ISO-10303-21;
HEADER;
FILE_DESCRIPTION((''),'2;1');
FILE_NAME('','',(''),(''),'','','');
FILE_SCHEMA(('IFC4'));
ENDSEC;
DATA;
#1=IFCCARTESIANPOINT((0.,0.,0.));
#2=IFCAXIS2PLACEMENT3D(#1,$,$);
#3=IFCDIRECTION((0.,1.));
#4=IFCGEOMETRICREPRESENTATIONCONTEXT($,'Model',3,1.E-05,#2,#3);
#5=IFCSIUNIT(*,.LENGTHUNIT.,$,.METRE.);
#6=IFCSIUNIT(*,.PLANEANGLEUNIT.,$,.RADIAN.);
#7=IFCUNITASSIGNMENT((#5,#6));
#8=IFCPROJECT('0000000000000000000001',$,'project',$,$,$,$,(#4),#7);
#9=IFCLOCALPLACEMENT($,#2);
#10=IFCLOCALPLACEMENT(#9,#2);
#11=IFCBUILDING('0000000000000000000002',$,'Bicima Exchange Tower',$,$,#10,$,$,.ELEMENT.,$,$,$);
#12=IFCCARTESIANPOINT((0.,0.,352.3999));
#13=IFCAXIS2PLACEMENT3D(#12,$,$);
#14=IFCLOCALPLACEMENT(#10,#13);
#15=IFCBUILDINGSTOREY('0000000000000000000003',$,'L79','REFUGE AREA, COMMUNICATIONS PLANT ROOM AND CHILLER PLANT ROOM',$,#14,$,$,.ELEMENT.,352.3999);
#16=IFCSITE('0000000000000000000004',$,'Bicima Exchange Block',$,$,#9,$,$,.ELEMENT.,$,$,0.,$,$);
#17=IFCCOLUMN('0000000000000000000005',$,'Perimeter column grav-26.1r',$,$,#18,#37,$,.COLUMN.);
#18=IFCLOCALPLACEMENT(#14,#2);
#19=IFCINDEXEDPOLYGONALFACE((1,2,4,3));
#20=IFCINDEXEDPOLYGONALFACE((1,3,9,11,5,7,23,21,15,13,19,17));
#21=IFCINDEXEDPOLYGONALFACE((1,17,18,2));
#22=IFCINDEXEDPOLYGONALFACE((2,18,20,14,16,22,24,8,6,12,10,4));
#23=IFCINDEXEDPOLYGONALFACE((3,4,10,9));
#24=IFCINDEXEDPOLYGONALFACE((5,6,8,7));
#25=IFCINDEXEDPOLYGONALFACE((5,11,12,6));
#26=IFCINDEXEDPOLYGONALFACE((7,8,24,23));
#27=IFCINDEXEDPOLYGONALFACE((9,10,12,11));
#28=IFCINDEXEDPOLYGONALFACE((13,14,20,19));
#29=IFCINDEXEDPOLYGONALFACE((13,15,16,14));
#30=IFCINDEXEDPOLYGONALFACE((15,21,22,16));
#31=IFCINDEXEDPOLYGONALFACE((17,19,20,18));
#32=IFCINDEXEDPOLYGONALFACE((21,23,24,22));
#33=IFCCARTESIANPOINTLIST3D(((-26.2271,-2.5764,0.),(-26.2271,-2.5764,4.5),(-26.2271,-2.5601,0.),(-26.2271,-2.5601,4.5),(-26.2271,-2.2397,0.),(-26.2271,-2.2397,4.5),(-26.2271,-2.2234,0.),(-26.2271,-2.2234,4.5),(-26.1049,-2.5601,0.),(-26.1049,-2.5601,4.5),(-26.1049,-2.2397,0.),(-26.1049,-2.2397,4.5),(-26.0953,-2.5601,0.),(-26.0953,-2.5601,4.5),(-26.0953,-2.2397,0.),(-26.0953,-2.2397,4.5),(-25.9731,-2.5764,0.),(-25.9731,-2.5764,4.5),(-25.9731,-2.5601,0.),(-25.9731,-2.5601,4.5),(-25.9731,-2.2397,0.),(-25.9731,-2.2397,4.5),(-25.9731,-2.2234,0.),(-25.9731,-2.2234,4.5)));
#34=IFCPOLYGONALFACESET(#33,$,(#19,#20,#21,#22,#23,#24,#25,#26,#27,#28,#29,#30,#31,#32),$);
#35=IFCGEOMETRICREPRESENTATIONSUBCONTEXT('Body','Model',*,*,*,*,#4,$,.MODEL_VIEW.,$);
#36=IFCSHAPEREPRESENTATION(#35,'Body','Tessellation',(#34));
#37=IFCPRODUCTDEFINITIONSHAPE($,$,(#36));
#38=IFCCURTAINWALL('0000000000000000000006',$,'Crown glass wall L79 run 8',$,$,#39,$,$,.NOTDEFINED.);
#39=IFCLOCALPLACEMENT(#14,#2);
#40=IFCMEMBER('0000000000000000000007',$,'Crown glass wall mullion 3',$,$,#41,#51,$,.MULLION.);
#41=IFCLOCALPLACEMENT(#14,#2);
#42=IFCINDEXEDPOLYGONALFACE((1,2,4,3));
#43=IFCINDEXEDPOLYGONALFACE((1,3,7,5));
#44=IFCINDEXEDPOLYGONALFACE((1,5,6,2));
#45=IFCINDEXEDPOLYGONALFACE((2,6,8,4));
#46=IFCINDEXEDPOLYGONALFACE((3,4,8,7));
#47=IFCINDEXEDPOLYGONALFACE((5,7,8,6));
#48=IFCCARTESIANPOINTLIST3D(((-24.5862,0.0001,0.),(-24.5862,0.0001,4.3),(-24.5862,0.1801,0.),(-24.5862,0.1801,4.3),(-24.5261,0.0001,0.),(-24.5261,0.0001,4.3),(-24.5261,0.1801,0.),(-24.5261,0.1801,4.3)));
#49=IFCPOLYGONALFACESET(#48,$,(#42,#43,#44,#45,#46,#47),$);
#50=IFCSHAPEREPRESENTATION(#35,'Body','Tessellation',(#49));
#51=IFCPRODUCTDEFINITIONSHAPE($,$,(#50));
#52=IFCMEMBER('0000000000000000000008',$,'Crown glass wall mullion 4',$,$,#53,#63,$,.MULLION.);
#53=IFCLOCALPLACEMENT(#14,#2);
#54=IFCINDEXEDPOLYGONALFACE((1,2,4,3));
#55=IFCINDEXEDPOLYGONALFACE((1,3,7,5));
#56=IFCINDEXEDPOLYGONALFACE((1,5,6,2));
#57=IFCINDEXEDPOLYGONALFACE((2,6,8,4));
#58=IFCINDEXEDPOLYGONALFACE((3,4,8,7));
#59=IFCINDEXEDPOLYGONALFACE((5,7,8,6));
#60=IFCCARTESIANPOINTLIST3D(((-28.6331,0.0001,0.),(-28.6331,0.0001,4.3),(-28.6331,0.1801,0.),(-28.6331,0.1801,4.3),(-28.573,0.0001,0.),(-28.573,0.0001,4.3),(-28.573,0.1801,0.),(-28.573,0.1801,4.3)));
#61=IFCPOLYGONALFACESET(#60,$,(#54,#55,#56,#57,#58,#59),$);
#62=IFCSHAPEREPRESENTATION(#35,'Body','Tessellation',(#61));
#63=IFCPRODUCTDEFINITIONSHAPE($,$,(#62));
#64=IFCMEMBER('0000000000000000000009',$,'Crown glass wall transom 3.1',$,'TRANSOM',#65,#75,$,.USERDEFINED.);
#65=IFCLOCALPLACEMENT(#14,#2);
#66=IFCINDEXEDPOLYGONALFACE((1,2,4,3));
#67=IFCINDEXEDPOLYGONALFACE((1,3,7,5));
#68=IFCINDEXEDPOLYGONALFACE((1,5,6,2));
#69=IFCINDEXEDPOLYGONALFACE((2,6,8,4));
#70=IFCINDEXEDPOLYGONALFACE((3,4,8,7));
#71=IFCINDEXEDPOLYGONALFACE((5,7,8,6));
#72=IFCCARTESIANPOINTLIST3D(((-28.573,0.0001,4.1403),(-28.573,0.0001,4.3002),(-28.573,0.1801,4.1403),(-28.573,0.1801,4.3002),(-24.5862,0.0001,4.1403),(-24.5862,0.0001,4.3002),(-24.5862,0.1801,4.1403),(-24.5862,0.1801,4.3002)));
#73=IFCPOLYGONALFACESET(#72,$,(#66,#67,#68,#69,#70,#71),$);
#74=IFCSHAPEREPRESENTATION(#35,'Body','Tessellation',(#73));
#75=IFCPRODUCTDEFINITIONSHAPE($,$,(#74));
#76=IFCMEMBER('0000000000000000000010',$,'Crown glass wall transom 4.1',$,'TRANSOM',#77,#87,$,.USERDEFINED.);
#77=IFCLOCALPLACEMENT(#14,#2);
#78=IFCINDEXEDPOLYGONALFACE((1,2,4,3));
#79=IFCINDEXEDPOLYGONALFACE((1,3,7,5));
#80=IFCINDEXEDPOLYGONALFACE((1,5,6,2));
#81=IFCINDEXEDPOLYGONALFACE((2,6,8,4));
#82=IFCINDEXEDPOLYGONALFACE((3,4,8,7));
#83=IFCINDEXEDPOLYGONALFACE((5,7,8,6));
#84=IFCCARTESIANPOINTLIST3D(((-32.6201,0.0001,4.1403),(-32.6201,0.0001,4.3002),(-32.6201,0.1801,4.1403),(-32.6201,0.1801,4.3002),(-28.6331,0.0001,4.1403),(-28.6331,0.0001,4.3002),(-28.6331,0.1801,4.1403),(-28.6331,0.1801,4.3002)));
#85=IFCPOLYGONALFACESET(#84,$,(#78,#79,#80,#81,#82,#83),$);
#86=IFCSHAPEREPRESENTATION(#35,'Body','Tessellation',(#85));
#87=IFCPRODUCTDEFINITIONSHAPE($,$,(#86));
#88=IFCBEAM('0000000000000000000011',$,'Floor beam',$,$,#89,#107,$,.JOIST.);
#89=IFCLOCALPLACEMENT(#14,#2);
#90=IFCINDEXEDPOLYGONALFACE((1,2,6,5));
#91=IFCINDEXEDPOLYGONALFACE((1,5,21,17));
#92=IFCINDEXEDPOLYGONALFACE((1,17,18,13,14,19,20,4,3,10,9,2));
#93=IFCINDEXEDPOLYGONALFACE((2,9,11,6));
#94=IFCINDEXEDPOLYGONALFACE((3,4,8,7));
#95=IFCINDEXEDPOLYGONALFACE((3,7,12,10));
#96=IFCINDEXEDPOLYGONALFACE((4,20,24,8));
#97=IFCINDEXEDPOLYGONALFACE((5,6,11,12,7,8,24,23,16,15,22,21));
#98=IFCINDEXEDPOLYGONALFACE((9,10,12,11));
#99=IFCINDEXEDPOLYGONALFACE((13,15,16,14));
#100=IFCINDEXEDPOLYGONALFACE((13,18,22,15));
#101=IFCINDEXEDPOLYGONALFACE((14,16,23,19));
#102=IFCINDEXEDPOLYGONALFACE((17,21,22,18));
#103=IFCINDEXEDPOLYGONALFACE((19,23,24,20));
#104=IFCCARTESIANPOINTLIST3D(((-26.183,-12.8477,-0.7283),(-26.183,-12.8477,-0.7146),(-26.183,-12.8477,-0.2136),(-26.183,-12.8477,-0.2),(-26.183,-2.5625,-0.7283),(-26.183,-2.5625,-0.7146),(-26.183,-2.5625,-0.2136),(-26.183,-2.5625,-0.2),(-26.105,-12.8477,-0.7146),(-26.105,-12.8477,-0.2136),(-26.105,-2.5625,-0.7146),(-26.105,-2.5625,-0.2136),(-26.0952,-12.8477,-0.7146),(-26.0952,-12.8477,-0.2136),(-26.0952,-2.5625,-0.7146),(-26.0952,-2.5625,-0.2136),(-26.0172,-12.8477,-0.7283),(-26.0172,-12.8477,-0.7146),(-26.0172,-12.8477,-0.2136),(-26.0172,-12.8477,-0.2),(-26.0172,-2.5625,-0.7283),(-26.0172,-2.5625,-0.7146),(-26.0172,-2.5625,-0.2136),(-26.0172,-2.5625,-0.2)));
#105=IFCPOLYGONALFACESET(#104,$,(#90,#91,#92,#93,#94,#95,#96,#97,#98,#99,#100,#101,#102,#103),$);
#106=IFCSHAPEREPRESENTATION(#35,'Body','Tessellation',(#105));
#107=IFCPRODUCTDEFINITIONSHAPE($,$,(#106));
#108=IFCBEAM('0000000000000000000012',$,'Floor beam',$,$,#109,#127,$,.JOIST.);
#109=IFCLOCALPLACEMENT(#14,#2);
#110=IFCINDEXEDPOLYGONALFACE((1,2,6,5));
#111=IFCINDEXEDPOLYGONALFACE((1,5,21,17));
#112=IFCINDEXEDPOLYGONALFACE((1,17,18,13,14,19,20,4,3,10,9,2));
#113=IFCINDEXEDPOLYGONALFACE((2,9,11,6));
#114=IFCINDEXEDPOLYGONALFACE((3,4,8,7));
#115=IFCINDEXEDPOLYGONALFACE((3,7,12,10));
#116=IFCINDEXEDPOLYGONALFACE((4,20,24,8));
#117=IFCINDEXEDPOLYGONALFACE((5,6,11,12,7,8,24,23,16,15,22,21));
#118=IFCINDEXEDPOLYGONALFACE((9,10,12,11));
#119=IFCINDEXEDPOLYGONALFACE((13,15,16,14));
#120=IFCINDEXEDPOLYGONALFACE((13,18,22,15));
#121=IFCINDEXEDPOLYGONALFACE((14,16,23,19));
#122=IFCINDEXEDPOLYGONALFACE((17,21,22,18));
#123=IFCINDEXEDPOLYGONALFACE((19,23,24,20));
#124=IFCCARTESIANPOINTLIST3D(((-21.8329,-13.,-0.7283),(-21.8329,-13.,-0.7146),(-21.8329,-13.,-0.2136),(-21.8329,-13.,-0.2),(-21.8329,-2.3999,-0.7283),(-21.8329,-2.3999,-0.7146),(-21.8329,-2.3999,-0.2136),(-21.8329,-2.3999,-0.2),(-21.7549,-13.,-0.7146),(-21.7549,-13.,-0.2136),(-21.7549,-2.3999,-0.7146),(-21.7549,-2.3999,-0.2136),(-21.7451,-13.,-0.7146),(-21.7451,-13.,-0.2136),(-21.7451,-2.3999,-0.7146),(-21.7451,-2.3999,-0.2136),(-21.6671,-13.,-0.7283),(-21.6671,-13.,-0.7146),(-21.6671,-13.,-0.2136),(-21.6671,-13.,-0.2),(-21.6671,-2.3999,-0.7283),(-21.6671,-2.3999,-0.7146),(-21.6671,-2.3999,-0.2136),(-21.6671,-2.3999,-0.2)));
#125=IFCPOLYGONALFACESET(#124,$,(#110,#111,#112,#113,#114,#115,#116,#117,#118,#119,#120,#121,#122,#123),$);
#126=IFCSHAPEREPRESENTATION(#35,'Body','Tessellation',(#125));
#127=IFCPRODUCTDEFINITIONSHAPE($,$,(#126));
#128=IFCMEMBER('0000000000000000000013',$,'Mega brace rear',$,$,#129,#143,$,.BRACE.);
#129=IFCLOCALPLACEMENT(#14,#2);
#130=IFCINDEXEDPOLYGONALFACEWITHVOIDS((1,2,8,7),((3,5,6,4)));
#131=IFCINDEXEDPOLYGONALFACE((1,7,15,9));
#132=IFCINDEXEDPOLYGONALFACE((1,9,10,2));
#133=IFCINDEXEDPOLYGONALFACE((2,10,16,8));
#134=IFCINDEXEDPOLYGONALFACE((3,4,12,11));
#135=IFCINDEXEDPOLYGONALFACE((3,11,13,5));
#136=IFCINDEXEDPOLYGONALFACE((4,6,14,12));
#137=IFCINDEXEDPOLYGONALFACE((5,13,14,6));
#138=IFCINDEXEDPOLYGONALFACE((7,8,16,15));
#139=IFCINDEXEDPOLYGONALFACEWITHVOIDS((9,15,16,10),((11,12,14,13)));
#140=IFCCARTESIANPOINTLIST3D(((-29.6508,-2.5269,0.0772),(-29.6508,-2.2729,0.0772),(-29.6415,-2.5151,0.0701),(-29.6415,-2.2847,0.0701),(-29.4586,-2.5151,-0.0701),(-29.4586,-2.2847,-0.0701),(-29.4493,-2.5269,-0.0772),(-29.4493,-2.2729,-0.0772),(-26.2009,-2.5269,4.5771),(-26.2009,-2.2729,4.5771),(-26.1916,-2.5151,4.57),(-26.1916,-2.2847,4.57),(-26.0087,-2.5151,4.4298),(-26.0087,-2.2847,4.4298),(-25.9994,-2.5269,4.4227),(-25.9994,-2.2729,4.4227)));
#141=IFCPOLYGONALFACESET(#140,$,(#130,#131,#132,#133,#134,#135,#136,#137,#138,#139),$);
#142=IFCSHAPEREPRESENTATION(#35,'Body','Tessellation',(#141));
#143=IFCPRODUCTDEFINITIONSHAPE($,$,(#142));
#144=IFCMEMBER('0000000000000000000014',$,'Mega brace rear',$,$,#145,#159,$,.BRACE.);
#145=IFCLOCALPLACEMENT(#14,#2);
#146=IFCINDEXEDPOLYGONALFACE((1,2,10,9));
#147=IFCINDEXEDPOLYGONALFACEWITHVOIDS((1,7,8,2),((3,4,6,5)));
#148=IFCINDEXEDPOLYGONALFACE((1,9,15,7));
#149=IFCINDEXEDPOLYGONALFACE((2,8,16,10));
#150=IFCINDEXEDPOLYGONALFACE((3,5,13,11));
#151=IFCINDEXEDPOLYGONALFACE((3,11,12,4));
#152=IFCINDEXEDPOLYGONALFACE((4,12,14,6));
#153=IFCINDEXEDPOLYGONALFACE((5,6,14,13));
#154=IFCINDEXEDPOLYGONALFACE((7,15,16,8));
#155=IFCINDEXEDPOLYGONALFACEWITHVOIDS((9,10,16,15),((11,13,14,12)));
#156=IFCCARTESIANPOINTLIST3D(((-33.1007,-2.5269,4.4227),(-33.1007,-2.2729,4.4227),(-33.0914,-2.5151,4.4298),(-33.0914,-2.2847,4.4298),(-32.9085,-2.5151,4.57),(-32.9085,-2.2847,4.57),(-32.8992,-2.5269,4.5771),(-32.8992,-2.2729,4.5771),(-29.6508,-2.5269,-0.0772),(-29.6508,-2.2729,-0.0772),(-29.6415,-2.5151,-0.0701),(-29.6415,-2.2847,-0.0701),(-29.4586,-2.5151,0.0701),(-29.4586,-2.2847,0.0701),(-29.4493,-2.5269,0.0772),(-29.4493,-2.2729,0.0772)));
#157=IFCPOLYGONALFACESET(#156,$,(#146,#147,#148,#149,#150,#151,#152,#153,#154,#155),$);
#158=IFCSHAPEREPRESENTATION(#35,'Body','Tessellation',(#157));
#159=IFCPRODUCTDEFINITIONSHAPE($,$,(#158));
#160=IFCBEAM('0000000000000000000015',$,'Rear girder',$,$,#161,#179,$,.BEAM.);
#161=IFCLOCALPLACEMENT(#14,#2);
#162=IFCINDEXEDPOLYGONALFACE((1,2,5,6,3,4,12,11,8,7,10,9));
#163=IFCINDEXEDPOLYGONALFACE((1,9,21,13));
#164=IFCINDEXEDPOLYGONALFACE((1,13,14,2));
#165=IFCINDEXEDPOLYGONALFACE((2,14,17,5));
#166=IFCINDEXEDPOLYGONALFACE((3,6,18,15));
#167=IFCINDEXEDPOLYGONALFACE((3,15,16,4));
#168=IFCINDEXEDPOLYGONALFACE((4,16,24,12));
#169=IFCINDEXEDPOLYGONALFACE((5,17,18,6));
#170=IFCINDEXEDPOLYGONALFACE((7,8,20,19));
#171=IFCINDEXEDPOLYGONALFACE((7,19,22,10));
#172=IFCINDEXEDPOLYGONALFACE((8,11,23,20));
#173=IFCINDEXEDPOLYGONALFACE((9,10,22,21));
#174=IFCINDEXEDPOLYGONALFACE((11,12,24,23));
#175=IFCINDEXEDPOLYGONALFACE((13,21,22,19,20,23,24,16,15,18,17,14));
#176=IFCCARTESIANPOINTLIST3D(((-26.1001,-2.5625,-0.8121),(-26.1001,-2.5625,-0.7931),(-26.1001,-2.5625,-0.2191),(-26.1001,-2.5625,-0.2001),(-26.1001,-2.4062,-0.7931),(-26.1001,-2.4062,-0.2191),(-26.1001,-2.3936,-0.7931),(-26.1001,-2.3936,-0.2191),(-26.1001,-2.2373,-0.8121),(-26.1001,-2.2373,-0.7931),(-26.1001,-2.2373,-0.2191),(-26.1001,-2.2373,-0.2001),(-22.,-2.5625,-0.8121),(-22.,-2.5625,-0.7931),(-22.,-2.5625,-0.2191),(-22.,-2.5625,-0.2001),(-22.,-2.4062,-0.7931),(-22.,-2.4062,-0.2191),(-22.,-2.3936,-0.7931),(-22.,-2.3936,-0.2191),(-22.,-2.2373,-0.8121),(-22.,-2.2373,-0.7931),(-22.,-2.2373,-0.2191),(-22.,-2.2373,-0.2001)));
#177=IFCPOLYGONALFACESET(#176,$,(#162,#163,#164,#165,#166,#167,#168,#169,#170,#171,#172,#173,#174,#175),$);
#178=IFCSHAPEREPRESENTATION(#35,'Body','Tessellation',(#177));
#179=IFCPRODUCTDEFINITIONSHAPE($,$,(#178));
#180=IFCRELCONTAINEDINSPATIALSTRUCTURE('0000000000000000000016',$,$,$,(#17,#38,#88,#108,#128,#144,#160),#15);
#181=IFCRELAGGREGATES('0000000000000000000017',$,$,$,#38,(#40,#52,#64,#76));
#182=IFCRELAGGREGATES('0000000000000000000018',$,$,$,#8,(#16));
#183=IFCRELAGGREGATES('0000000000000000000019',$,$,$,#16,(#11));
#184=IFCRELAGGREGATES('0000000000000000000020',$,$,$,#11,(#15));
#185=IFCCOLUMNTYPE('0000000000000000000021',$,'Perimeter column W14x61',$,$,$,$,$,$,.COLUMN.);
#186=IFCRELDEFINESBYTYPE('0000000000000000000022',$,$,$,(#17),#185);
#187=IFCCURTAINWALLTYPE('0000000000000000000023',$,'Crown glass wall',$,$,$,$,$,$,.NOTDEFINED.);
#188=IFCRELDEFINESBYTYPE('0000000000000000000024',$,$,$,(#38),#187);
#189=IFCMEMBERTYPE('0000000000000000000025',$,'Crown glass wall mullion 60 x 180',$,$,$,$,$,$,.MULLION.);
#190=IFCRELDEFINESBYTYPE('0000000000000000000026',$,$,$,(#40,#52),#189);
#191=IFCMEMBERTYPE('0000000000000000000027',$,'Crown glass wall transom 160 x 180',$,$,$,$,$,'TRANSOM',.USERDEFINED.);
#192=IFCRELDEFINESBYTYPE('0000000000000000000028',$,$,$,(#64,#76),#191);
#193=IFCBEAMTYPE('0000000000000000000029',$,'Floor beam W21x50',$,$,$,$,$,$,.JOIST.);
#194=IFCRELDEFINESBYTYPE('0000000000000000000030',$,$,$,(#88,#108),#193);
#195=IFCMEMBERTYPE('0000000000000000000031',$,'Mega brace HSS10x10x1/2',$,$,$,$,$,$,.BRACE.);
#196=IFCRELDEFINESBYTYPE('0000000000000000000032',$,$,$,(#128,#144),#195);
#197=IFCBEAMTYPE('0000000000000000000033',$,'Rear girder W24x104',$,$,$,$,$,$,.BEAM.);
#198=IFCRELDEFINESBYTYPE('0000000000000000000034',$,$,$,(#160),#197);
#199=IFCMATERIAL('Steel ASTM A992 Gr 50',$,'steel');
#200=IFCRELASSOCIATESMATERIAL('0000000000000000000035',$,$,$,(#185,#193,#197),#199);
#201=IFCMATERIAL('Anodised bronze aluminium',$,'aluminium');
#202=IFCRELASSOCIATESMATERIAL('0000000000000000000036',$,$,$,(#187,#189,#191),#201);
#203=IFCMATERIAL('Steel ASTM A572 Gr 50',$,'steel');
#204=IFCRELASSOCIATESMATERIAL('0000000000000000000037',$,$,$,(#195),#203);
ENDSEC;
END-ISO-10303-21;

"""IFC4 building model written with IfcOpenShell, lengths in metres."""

from ifc_helpers import new_model, si_unit, direction, frame, origin, origin_2d, place, context, subcontext, project, spatial, rectangle, hollow_rectangle, i_section, extrude, material, material_profile, profile_set, type_object, element, aggregate, save


model = new_model("IFC4")

# Units and contexts
model_context = context("Model", 3, precision=1e-05, world=origin(), true_north=direction((0.0, 1.0)))
body_context = subcontext(model_context, "Body", "Model", "MODEL_VIEW")
ifc_project = project(units=[si_unit("LENGTHUNIT", "METRE"), si_unit("PLANEANGLEUNIT", "RADIAN")], contexts=[model_context])

# Site, building, storey
site_placement = place(None, origin())
site = spatial("IfcSite", under=ifc_project, at=site_placement, Name="Bicima Exchange Block", CompositionType="ELEMENT", RefElevation=0.0)
building_placement = place(site_placement, origin())
building = spatial("IfcBuilding", under=site, at=building_placement, Name="Bicima Exchange Tower", CompositionType="ELEMENT")
storey_placement = place(building_placement, frame((0.0, 0.0, 352.3999)))
storey = spatial("IfcBuildingStorey", under=building, at=storey_placement, Name="L79", Description="REFUGE AREA, COMMUNICATIONS PLANT ROOM AND CHILLER PLANT ROOM", CompositionType="ELEMENT", Elevation=352.3999)

# Column
ifc_material_1 = material(Name="Steel ASTM A992 Gr 50", Category="steel")
ifc_material_profile_1 = material_profile(ifc_material_1, i_section(OverallWidth=0.2539, OverallDepth=0.353, WebThickness=0.0095, FlangeThickness=0.0164, at=origin_2d()))
ifc_profile_set_1 = profile_set([ifc_material_profile_1], Name="Steel ASTM A992 Gr 50")
column_type = type_object("IfcColumnType", Name="Perimeter column W14x61", PredefinedType="COLUMN", material=ifc_profile_set_1)
column_placement = place(storey_placement, frame((-26.1001, -2.3999, 0.0), z_axis=(0.0, 0.0, 1.0), x_axis=(1.0, 0.0, 0.0)))
element("IfcColumn", 1, at=column_placement, inside=storey, type_object=column_type, Name="Perimeter column grav-26.1r", PredefinedType="COLUMN", context=body_context, shape_type="SweptSolid", body=[
    extrude(i_section(OverallWidth=0.2539, OverallDepth=0.353, WebThickness=0.0095, FlangeThickness=0.0164, at=origin_2d()), origin(), (0.0, 0.0, 1.0), 4.5),
])

# Curtain wall, members
ifc_material_2 = material(Name="Anodised bronze aluminium", Category="aluminium")
curtain_wall_type = type_object("IfcCurtainWallType", Name="Crown glass wall", PredefinedType="NOTDEFINED", material=ifc_material_2)
curtain_wall_placement = place(storey_placement, origin())
curtain_wall = element("IfcCurtainWall", 2, at=curtain_wall_placement, inside=storey, type_object=curtain_wall_type, Name="Crown glass wall L79 run 8", PredefinedType="NOTDEFINED")
ifc_material_profile_2 = material_profile(ifc_material_2, rectangle(XDim=0.1799, YDim=0.0601, at=origin_2d()))
ifc_profile_set_2 = profile_set([ifc_material_profile_2], Name="Anodised bronze aluminium")
member_type_1 = type_object("IfcMemberType", Name="Crown glass wall mullion 60 x 180", PredefinedType="MULLION", material=ifc_profile_set_2)
member_1_placement = place(storey_placement, frame((-24.5562, 0.0901, 0.0), z_axis=(0.0, 0.0, 1.0), x_axis=(0.0, -1.0, 0.0)))
member_1 = element("IfcMember", 3, at=member_1_placement, type_object=member_type_1, Name="Crown glass wall mullion 3", PredefinedType="MULLION", context=body_context, shape_type="SweptSolid", body=[
    extrude(rectangle(XDim=0.1799, YDim=0.0601, at=origin_2d()), origin(), (0.0, 0.0, 1.0), 4.3),
])
member_2_placement = place(storey_placement, frame((-28.603, 0.0901, 0.0), z_axis=(0.0, 0.0, 1.0), x_axis=(0.0, -1.0, 0.0)))
member_2 = element("IfcMember", 4, at=member_2_placement, type_object=member_type_1, Name="Crown glass wall mullion 4", PredefinedType="MULLION", context=body_context, shape_type="SweptSolid", body=[
    extrude(rectangle(XDim=0.1799, YDim=0.0601, at=origin_2d()), origin(), (0.0, 0.0, 1.0), 4.3),
])
ifc_material_profile_3 = material_profile(ifc_material_2, rectangle(XDim=0.1799, YDim=0.1599, at=origin_2d()))
ifc_profile_set_3 = profile_set([ifc_material_profile_3], Name="Anodised bronze aluminium")
member_type_2 = type_object("IfcMemberType", Name="Crown glass wall transom 160 x 180", ElementType="TRANSOM", PredefinedType="USERDEFINED", material=ifc_profile_set_3)
member_3_placement = place(storey_placement, frame((-24.5862, 0.0901, 4.2202), z_axis=(-1.0, 0.0, 0.0), x_axis=(0.0, -1.0, 0.0)))
member_3 = element("IfcMember", 5, at=member_3_placement, type_object=member_type_2, Name="Crown glass wall transom 3.1", ObjectType="TRANSOM", PredefinedType="USERDEFINED", context=body_context, shape_type="SweptSolid", body=[
    extrude(rectangle(XDim=0.1799, YDim=0.1599, at=origin_2d()), origin(), (0.0, 0.0, 1.0), 3.9868),
])
member_4_placement = place(storey_placement, frame((-28.6331, 0.0901, 4.2202), z_axis=(-1.0, 0.0, 0.0), x_axis=(0.0, -1.0, 0.0)))
member_4 = element("IfcMember", 6, at=member_4_placement, type_object=member_type_2, Name="Crown glass wall transom 4.1", ObjectType="TRANSOM", PredefinedType="USERDEFINED", context=body_context, shape_type="SweptSolid", body=[
    extrude(rectangle(XDim=0.1799, YDim=0.1599, at=origin_2d()), origin(), (0.0, 0.0, 1.0), 3.9871),
])

# Beams
ifc_material_profile_4 = material_profile(ifc_material_1, i_section(OverallWidth=0.1658, OverallDepth=0.5283, WebThickness=0.0098, FlangeThickness=0.0137, at=origin_2d()))
ifc_profile_set_4 = profile_set([ifc_material_profile_4], Name="Steel ASTM A992 Gr 50")
beam_type_1 = type_object("IfcBeamType", Name="Floor beam W21x50", PredefinedType="JOIST", material=ifc_profile_set_4)
beam_1_placement = place(storey_placement, frame((-26.1001, -2.5625, -0.4641), z_axis=(0.0, -1.0, 0.0), x_axis=(1.0, 0.0, 0.0)))
element("IfcBeam", 7, at=beam_1_placement, inside=storey, type_object=beam_type_1, Name="Floor beam", PredefinedType="JOIST", context=body_context, shape_type="SweptSolid", body=[
    extrude(i_section(OverallWidth=0.1658, OverallDepth=0.5283, WebThickness=0.0098, FlangeThickness=0.0137, at=origin_2d()), origin(), (0.0, 0.0, 1.0), 10.2852),
])
beam_2_placement = place(storey_placement, frame((-21.75, -2.3999, -0.4641), z_axis=(0.0, -1.0, 0.0), x_axis=(1.0, 0.0, 0.0)))
element("IfcBeam", 8, at=beam_2_placement, inside=storey, type_object=beam_type_1, Name="Floor beam", PredefinedType="JOIST", context=body_context, shape_type="SweptSolid", body=[
    extrude(i_section(OverallWidth=0.1658, OverallDepth=0.5283, WebThickness=0.0098, FlangeThickness=0.0137, at=origin_2d()), origin(), (0.0, 0.0, 1.0), 10.6001),
])

# Members
ifc_material_3 = material(Name="Steel ASTM A572 Gr 50", Category="steel")
ifc_material_profile_5 = material_profile(ifc_material_3, hollow_rectangle(XDim=0.2539, YDim=0.2539, WallThickness=0.0117, at=origin_2d()))
ifc_profile_set_5 = profile_set([ifc_material_profile_5], Name="Steel ASTM A572 Gr 50")
member_type_3 = type_object("IfcMemberType", Name="Mega brace HSS10x10x1/2", PredefinedType="BRACE", material=ifc_profile_set_5)
for number, where, z_axis, x_axis, name in (
    (9, (-29.55, -2.3999, 0.0), (0.608426, 0.0, 0.793611), (0.0, 1.0, 0.0), "Mega brace rear"),
    (10, (-29.55, -2.3999, 0.0), (-0.608426, 0.0, 0.793611), (0.0, -1.0, 0.0), "Mega brace rear"),
):
    element("IfcMember", number, at=place(storey_placement, frame(where, z_axis=z_axis, x_axis=x_axis)), inside=storey, type_object=member_type_3, Name=name, PredefinedType="BRACE", context=body_context, shape_type="SweptSolid", body=[
        extrude(hollow_rectangle(XDim=0.2539, YDim=0.2539, WallThickness=0.0117, at=origin_2d()), origin(), (0.0, 0.0, 1.0), 5.6702),
    ])

# Beam
ifc_material_profile_6 = material_profile(ifc_material_1, i_section(OverallWidth=0.3252, OverallDepth=0.6121, WebThickness=0.0127, FlangeThickness=0.019, at=origin_2d()))
ifc_profile_set_6 = profile_set([ifc_material_profile_6], Name="Steel ASTM A992 Gr 50")
beam_type_2 = type_object("IfcBeamType", Name="Rear girder W24x104", PredefinedType="BEAM", material=ifc_profile_set_6)
beam_3_placement = place(storey_placement, frame((-22.0, -2.3999, -0.5061), z_axis=(-1.0, 0.0, 0.0), x_axis=(0.0, -1.0, 0.0)))
element("IfcBeam", 11, at=beam_3_placement, inside=storey, type_object=beam_type_2, Name="Rear girder", PredefinedType="BEAM", context=body_context, shape_type="SweptSolid", body=[
    extrude(i_section(OverallWidth=0.3252, OverallDepth=0.6121, WebThickness=0.0127, FlangeThickness=0.019, at=origin_2d()), origin(), (0.0, 0.0, 1.0), 4.1001),
])

aggregate(curtain_wall, [member_1, member_2, member_3, member_4])

save(model, "model.ifc")
